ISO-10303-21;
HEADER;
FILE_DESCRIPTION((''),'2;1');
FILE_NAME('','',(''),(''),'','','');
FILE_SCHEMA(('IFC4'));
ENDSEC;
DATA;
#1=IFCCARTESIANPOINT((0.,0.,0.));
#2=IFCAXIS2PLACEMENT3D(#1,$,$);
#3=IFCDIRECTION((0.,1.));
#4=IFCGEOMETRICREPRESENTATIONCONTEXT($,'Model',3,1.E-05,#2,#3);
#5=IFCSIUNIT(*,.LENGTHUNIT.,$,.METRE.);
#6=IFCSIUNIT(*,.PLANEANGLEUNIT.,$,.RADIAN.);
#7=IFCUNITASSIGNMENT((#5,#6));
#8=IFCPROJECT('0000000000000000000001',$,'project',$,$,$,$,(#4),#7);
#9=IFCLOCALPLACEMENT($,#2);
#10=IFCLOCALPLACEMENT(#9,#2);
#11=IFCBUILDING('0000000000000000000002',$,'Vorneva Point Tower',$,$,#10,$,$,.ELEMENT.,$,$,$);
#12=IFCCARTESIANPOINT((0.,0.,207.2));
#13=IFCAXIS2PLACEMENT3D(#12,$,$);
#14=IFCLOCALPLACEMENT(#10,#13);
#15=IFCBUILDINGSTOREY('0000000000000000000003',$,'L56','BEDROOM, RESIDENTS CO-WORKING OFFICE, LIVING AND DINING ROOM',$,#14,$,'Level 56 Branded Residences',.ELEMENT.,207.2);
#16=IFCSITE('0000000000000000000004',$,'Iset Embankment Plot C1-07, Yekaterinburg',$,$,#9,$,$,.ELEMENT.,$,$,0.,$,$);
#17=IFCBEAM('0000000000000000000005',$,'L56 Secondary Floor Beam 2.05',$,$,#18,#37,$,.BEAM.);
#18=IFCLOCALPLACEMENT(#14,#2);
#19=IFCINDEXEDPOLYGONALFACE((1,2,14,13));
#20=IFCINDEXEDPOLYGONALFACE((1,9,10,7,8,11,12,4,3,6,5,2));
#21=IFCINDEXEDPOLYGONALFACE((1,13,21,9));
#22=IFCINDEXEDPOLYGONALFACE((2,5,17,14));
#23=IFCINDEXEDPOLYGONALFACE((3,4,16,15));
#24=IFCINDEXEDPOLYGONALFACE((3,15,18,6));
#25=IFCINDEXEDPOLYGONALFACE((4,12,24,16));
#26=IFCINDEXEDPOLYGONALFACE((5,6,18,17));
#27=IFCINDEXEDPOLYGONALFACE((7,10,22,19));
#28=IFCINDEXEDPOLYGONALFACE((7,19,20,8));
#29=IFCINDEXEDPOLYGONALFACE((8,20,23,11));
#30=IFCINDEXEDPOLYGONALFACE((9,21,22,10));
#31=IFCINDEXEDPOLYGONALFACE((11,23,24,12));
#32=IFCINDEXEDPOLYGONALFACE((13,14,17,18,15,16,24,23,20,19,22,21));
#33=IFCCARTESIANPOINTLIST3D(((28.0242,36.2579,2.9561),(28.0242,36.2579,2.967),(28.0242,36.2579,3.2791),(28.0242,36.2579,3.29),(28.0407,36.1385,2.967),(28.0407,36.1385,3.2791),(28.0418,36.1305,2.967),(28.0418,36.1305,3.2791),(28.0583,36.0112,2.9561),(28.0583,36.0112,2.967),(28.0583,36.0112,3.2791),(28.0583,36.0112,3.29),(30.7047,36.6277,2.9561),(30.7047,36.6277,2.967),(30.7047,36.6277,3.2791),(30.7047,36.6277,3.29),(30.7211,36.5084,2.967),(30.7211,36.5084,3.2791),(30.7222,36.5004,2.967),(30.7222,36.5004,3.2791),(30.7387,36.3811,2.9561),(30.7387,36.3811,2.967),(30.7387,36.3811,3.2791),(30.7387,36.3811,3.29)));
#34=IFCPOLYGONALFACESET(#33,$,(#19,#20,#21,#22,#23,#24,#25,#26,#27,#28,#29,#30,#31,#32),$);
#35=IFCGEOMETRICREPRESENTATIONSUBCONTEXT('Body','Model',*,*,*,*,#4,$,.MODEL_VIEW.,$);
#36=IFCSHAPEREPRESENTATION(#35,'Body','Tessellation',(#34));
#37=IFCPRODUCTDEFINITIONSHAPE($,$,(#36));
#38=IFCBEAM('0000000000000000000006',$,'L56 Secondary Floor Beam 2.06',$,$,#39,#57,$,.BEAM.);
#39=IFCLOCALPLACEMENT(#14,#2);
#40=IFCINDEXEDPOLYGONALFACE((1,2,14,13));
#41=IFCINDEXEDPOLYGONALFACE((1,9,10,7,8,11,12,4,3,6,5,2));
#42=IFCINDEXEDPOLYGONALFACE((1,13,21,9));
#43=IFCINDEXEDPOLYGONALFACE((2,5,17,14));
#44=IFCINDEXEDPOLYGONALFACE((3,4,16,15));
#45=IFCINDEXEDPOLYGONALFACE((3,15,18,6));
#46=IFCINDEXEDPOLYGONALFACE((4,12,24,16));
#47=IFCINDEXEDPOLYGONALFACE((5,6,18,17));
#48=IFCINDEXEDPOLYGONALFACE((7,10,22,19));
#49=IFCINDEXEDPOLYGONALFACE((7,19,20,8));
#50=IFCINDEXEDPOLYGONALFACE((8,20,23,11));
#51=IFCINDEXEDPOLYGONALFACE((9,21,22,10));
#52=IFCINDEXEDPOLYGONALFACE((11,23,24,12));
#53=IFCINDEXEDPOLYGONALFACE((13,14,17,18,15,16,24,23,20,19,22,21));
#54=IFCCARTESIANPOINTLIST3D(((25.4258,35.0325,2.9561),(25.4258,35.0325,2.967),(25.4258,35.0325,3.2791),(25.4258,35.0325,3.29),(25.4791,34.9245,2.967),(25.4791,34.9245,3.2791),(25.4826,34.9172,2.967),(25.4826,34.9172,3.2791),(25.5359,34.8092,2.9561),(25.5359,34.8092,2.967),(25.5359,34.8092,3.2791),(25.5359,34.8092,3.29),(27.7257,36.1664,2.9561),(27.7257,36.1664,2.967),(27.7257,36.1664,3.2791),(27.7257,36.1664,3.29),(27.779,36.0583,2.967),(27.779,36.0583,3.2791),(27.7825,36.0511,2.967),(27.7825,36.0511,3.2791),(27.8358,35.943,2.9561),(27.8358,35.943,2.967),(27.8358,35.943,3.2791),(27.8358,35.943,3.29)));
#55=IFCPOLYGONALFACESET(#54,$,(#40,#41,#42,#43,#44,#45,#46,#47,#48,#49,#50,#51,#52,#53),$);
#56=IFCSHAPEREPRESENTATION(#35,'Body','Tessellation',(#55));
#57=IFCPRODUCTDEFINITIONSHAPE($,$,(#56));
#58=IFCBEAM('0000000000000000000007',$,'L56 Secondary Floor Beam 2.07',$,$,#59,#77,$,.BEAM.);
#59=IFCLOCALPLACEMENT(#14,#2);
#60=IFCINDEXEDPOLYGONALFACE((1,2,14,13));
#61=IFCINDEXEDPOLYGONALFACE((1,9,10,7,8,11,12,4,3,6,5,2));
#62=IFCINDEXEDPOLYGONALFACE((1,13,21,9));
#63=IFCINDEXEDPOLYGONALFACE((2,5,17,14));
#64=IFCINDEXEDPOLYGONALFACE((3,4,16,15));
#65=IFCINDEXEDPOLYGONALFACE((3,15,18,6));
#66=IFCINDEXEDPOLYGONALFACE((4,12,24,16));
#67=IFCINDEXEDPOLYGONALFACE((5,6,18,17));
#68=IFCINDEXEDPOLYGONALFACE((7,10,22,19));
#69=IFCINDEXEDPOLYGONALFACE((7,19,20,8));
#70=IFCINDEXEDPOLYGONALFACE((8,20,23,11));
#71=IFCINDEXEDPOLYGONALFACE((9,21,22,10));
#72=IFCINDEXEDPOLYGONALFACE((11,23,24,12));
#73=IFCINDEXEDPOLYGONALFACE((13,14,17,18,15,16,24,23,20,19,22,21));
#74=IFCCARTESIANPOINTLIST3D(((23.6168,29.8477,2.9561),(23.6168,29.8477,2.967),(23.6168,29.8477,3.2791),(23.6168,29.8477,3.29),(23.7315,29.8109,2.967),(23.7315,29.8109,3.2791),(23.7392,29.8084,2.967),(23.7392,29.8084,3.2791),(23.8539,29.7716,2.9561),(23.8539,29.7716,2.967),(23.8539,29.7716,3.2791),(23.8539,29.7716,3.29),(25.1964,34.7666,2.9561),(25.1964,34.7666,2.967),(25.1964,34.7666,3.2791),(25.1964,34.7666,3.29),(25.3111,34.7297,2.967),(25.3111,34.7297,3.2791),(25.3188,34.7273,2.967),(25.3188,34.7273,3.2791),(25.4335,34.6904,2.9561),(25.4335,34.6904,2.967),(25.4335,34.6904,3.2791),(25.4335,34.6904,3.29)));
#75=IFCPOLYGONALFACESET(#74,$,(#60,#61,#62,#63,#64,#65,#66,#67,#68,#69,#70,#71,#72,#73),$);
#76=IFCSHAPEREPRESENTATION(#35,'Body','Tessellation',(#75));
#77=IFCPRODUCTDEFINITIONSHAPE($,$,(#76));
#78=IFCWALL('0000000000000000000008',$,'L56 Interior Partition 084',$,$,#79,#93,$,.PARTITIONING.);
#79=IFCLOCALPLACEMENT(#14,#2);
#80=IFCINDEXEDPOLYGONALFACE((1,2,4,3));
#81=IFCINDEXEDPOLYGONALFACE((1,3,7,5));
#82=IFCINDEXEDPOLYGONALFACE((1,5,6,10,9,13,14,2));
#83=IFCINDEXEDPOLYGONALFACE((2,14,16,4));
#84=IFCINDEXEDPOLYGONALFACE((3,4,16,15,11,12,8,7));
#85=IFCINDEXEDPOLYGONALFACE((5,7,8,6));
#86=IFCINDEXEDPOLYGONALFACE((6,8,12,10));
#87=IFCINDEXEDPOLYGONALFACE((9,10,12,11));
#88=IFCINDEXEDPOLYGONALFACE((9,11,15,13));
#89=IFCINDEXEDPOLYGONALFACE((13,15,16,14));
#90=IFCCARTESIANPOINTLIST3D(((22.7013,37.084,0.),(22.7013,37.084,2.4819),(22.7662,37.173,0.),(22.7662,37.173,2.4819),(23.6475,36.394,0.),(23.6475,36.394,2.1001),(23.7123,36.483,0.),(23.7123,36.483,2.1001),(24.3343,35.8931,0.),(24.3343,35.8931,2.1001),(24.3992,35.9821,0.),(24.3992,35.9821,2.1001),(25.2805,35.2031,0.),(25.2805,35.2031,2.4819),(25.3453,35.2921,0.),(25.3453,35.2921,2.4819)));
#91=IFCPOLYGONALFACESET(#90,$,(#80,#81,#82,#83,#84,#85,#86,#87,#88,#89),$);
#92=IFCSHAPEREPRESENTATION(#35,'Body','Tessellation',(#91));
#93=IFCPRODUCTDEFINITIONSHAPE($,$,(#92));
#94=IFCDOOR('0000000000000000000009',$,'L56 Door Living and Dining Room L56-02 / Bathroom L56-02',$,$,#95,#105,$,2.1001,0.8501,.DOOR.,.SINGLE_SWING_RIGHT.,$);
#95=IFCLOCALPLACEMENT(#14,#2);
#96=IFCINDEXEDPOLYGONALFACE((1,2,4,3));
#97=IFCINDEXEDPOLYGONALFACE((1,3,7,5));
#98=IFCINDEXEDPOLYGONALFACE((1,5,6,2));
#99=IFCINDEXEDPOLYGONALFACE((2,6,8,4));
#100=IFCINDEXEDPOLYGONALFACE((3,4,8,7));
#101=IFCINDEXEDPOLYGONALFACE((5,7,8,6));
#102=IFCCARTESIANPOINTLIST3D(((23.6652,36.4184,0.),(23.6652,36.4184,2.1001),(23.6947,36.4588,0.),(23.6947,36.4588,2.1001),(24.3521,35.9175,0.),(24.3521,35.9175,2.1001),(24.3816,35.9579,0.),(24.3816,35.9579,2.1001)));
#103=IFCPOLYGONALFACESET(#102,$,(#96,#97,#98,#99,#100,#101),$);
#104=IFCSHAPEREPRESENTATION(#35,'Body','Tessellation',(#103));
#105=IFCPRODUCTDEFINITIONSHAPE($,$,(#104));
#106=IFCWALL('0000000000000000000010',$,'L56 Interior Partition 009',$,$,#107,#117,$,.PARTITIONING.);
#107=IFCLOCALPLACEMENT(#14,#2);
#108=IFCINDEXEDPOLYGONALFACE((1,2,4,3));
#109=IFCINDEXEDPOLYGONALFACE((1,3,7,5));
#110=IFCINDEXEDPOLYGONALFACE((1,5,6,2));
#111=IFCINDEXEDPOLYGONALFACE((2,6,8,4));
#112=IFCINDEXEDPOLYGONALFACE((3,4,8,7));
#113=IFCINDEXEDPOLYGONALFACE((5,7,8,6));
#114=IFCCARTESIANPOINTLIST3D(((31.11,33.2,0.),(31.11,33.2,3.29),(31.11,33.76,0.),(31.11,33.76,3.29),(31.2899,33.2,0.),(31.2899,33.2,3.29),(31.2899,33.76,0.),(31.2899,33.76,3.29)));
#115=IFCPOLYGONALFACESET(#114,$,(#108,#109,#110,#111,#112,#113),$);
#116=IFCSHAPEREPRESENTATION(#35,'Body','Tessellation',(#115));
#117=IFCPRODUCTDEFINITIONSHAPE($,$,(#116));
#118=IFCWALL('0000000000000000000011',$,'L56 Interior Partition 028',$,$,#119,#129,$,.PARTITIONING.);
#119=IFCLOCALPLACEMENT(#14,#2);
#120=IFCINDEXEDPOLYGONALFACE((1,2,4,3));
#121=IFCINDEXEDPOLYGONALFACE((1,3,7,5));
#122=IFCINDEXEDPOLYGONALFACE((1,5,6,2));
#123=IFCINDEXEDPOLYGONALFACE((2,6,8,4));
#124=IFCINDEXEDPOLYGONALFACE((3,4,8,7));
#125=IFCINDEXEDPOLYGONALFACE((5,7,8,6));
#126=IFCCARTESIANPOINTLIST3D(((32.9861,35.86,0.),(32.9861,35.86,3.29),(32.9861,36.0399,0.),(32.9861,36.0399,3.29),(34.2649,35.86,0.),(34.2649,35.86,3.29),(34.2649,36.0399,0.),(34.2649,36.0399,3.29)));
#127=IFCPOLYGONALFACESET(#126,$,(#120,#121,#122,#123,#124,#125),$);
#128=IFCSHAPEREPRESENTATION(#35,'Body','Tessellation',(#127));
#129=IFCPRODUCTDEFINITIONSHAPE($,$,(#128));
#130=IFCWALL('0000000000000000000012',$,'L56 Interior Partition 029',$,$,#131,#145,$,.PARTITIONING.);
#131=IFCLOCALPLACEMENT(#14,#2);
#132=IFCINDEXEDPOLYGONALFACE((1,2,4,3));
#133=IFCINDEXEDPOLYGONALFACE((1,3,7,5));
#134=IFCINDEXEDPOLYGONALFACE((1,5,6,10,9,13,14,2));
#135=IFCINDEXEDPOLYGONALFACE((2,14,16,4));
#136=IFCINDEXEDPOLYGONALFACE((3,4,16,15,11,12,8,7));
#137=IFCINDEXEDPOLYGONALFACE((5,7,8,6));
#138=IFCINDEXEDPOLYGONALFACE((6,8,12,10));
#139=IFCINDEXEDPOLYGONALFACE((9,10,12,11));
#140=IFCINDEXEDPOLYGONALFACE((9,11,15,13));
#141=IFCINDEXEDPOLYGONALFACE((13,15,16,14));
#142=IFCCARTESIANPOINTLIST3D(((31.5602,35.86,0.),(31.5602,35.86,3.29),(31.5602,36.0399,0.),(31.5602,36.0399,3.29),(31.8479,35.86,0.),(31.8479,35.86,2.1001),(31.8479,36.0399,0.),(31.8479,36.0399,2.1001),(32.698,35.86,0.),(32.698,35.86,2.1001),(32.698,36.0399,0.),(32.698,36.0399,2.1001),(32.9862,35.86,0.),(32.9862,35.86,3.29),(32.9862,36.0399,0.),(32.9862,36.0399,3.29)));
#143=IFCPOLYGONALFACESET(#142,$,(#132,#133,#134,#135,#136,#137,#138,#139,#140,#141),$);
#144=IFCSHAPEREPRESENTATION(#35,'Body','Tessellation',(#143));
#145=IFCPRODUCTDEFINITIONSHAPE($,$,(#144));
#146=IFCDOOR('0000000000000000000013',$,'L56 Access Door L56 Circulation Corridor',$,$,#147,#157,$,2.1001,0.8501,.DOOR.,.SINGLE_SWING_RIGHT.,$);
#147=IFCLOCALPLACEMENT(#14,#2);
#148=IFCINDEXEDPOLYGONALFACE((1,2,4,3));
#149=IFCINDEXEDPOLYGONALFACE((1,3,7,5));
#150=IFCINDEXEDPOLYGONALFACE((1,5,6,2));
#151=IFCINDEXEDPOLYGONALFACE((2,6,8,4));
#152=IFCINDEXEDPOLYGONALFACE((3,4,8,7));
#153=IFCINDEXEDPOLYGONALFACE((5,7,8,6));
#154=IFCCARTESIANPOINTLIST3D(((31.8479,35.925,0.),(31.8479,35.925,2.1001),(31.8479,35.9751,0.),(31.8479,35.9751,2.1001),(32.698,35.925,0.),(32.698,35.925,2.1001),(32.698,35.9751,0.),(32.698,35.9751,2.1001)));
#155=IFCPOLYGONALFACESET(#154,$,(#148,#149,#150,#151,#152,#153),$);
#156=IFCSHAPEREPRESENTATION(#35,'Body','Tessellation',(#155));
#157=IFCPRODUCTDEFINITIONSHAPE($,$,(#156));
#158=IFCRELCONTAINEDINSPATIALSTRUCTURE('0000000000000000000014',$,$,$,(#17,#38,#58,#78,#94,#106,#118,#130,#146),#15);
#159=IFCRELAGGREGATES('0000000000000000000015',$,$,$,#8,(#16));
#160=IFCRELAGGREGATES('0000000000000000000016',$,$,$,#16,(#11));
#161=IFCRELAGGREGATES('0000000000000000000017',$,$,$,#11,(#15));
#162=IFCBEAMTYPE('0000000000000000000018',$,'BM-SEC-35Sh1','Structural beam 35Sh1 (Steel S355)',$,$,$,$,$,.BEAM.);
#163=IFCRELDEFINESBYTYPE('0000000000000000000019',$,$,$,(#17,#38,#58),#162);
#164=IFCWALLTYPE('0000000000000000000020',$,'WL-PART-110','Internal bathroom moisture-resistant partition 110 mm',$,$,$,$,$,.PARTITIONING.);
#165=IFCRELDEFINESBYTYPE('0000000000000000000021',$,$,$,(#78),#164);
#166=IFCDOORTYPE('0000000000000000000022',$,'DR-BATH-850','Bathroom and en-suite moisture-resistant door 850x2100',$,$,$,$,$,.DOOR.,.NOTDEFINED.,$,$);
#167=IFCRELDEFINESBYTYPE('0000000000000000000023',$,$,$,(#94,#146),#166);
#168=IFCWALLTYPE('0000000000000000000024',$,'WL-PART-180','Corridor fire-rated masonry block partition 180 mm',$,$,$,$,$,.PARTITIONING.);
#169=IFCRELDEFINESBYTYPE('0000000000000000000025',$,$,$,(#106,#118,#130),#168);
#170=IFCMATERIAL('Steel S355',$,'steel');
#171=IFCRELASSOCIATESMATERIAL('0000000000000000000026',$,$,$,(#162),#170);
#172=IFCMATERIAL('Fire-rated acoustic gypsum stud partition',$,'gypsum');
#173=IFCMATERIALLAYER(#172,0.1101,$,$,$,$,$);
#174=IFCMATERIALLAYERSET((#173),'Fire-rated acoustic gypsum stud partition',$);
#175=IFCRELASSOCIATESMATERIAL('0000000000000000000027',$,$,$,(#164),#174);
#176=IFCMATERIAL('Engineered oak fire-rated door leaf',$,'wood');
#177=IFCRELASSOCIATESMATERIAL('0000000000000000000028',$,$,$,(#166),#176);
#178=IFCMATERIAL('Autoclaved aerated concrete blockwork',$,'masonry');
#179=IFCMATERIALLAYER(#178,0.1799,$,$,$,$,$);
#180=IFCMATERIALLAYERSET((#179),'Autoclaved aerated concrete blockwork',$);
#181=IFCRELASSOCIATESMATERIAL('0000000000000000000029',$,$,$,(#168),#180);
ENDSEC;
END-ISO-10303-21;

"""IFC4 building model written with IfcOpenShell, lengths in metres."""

from ifc_helpers import new_model, si_unit, direction, frame, frame_2d, origin, origin_2d, place, context, subcontext, project, spatial, rectangle, i_section, extrude, material, layer, layer_set, material_profile, profile_set, type_object, element, fill, save


model = new_model("IFC4")

# Units and contexts
model_context = context("Model", 3, precision=1e-05, world=origin(), true_north=direction((0.0, 1.0)))
body_context = subcontext(model_context, "Body", "Model", "MODEL_VIEW")
ifc_project = project(units=[si_unit("LENGTHUNIT", "METRE"), si_unit("PLANEANGLEUNIT", "RADIAN")], contexts=[model_context])

# Site, building, storey
site_placement = place(None, origin())
site = spatial("IfcSite", under=ifc_project, at=site_placement, Name="Iset Embankment Plot C1-07, Yekaterinburg", CompositionType="ELEMENT", RefElevation=0.0)
building_placement = place(site_placement, origin())
building = spatial("IfcBuilding", under=site, at=building_placement, Name="Vorneva Point Tower", CompositionType="ELEMENT")
storey_placement = place(building_placement, frame((0.0, 0.0, 207.2)))
storey = spatial("IfcBuildingStorey", under=building, at=storey_placement, Name="L56", Description="BEDROOM, RESIDENTS CO-WORKING OFFICE, LIVING AND DINING ROOM", LongName="Level 56 Branded Residences", CompositionType="ELEMENT", Elevation=207.2)

# Beams
ifc_material_1 = material(Name="Steel S355", Category="steel")
ifc_material_profile = material_profile(ifc_material_1, i_section(OverallWidth=0.249, OverallDepth=0.334, WebThickness=0.0081, FlangeThickness=0.011, at=origin_2d()), Name="35Sh1")
ifc_profile_set = profile_set([ifc_material_profile], Name="Steel S355")
beam_type = type_object("IfcBeamType", Name="BM-SEC-35Sh1", Description="Structural beam 35Sh1 (Steel S355)", PredefinedType="BEAM", material=ifc_profile_set)
beam_1_placement = place(storey_placement, frame((30.7217, 36.5044, 3.123), z_axis=(-0.990613, -0.136695, 0.0), x_axis=(0.136695, -0.990613, 0.0)))
element("IfcBeam", 1, at=beam_1_placement, inside=storey, type_object=beam_type, Name="L56 Secondary Floor Beam 2.05", PredefinedType="BEAM", context=body_context, shape_type="SweptSolid", body=[
    extrude(i_section(OverallWidth=0.249, OverallDepth=0.334, WebThickness=0.0081, FlangeThickness=0.011, at=origin_2d()), origin(), (0.0, 0.0, 1.0), 2.7058),
])
beam_2_placement = place(storey_placement, frame((27.7808, 36.0547, 3.123), z_axis=(-0.896927, -0.442179, 0.0), x_axis=(0.442179, -0.896927, 0.0)))
element("IfcBeam", 2, at=beam_2_placement, inside=storey, type_object=beam_type, Name="L56 Secondary Floor Beam 2.06", PredefinedType="BEAM", context=body_context, shape_type="SweptSolid", body=[
    extrude(i_section(OverallWidth=0.249, OverallDepth=0.334, WebThickness=0.0081, FlangeThickness=0.011, at=origin_2d()), origin(), (0.0, 0.0, 1.0), 2.5642),
])
beam_3_placement = place(storey_placement, frame((25.3149, 34.7285, 3.123), z_axis=(-0.305746, -0.952113, 0.0), x_axis=(0.952113, -0.305746, 0.0)))
element("IfcBeam", 3, at=beam_3_placement, inside=storey, type_object=beam_type, Name="L56 Secondary Floor Beam 2.07", PredefinedType="BEAM", context=body_context, shape_type="SweptSolid", body=[
    extrude(i_section(OverallWidth=0.249, OverallDepth=0.334, WebThickness=0.0081, FlangeThickness=0.011, at=origin_2d()), origin(), (0.0, 0.0, 1.0), 5.1663),
])

# Wall, opening, door
ifc_material_2 = material(Name="Fire-rated acoustic gypsum stud partition", Category="gypsum")
ifc_layer_1 = layer(ifc_material_2, 0.1101)
ifc_layer_set_1 = layer_set([ifc_layer_1], Name="Fire-rated acoustic gypsum stud partition")
wall_type_1 = type_object("IfcWallType", Name="WL-PART-110", Description="Internal bathroom moisture-resistant partition 110 mm", PredefinedType="PARTITIONING", material=ifc_layer_set_1)
wall_1_placement = place(storey_placement, frame((25.313, 35.2476, 0.0), z_axis=(0.0, 0.0, 1.0), x_axis=(-0.807968, 0.589226, 0.0)))
wall_1 = element("IfcWall", 4, at=wall_1_placement, inside=storey, type_object=wall_type_1, Name="L56 Interior Partition 084", PredefinedType="PARTITIONING", context=body_context, shape_type="SweptSolid", body=[
    extrude(rectangle(XDim=3.1921, YDim=0.1101, at=frame_2d((1.5962, 0.0))), origin(), (0.0, 0.0, 1.0), 2.4819),
])
opening_1_placement = place(wall_1_placement, frame((1.1711, 0.0, 0.0)))
opening_1 = element("IfcOpeningElement", 5, at=opening_1_placement, cuts=wall_1, PredefinedType="OPENING", context=body_context, shape_type="SweptSolid", body=[
    extrude(rectangle(XDim=0.8501, YDim=2.1001, at=frame_2d((0.425, 1.05))), frame((0.0, 0.0698, 0.0), z_axis=(0.0, -1.0, 0.0), x_axis=(1.0, 0.0, 0.0)), (0.0, 0.0, 1.0), 0.1399),
])
ifc_material_3 = material(Name="Engineered oak fire-rated door leaf", Category="wood")
door_type_1 = type_object("IfcDoorType", Name="DR-BATH-850", Description="Bathroom and en-suite moisture-resistant door 850x2100", OperationType="NOTDEFINED", PredefinedType="DOOR", material=ifc_material_3)
door_1_placement = place(opening_1_placement, origin())
door_1 = element("IfcDoor", 6, at=door_1_placement, inside=storey, type_object=door_type_1, Name="L56 Door Living and Dining Room L56-02 / Bathroom L56-02", OperationType="SINGLE_SWING_RIGHT", OverallHeight=2.1001, OverallWidth=0.8501, PredefinedType="DOOR", context=body_context, shape_type="SweptSolid", body=[
    extrude(rectangle(XDim=0.8501, YDim=2.1001, at=frame_2d((0.425, 1.05))), frame((0.0, 0.0249, 0.0), z_axis=(0.0, -1.0, 0.0), x_axis=(1.0, 0.0, 0.0)), (0.0, 0.0, 1.0), 0.05),
])
fill(opening_1, door_1)
ifc_material_4 = material(Name="Autoclaved aerated concrete blockwork", Category="masonry")
ifc_layer_2 = layer(ifc_material_4, 0.1799)
ifc_layer_set_2 = layer_set([ifc_layer_2], Name="Autoclaved aerated concrete blockwork")
wall_type_2 = type_object("IfcWallType", Name="WL-PART-180", Description="Corridor fire-rated masonry block partition 180 mm", PredefinedType="PARTITIONING", material=ifc_layer_set_2)

# Walls
wall_2_placement = place(storey_placement, frame((31.2, 33.76, 0.0), z_axis=(0.0, 0.0, 1.0), x_axis=(0.0, -1.0, 0.0)))
element("IfcWall", 7, at=wall_2_placement, inside=storey, type_object=wall_type_2, Name="L56 Interior Partition 009", PredefinedType="PARTITIONING", context=body_context, shape_type="SweptSolid", body=[
    extrude(rectangle(XDim=0.5601, YDim=0.1799, at=frame_2d((0.28, 0.0))), origin(), (0.0, 0.0, 1.0), 3.29),
])
wall_3_placement = place(storey_placement, frame((34.2649, 35.95, 0.0), z_axis=(0.0, 0.0, 1.0), x_axis=(-1.0, 0.0, 0.0)))
element("IfcWall", 8, at=wall_3_placement, inside=storey, type_object=wall_type_2, Name="L56 Interior Partition 028", PredefinedType="PARTITIONING", context=body_context, shape_type="SweptSolid", body=[
    extrude(rectangle(XDim=1.2788, YDim=0.1799, at=frame_2d((0.6394, 0.0))), origin(), (0.0, 0.0, 1.0), 3.29),
])

# Wall, opening, door
wall_4_placement = place(storey_placement, frame((32.9861, 35.95, 0.0), z_axis=(0.0, 0.0, 1.0), x_axis=(-1.0, 0.0, 0.0)))
wall_4 = element("IfcWall", 9, at=wall_4_placement, inside=storey, type_object=wall_type_2, Name="L56 Interior Partition 029", PredefinedType="PARTITIONING", context=body_context, shape_type="SweptSolid", body=[
    extrude(rectangle(XDim=1.426, YDim=0.1799, at=frame_2d((0.7129, 0.0))), origin(), (0.0, 0.0, 1.0), 3.29),
])
opening_2_placement = place(wall_4_placement, frame((0.2881, 0.0, 0.0)))
opening_2 = element("IfcOpeningElement", 10, at=opening_2_placement, cuts=wall_4, PredefinedType="OPENING", context=body_context, shape_type="SweptSolid", body=[
    extrude(rectangle(XDim=0.8501, YDim=2.1001, at=frame_2d((0.425, 1.05))), frame((0.0, 0.105, 0.0), z_axis=(0.0, -1.0, 0.0), x_axis=(1.0, 0.0, 0.0)), (0.0, 0.0, 1.0), 0.2097),
])
door_2_placement = place(opening_2_placement, origin())
door_2 = element("IfcDoor", 11, at=door_2_placement, inside=storey, type_object=door_type_1, Name="L56 Access Door L56 Circulation Corridor", OperationType="SINGLE_SWING_RIGHT", OverallHeight=2.1001, OverallWidth=0.8501, PredefinedType="DOOR", context=body_context, shape_type="SweptSolid", body=[
    extrude(rectangle(XDim=0.8501, YDim=2.1001, at=frame_2d((0.425, 1.05))), frame((0.0, 0.0249, 0.0), z_axis=(0.0, -1.0, 0.0), x_axis=(1.0, 0.0, 0.0)), (0.0, 0.0, 1.0), 0.05),
])
fill(opening_2, door_2)

save(model, "model.ifc")
